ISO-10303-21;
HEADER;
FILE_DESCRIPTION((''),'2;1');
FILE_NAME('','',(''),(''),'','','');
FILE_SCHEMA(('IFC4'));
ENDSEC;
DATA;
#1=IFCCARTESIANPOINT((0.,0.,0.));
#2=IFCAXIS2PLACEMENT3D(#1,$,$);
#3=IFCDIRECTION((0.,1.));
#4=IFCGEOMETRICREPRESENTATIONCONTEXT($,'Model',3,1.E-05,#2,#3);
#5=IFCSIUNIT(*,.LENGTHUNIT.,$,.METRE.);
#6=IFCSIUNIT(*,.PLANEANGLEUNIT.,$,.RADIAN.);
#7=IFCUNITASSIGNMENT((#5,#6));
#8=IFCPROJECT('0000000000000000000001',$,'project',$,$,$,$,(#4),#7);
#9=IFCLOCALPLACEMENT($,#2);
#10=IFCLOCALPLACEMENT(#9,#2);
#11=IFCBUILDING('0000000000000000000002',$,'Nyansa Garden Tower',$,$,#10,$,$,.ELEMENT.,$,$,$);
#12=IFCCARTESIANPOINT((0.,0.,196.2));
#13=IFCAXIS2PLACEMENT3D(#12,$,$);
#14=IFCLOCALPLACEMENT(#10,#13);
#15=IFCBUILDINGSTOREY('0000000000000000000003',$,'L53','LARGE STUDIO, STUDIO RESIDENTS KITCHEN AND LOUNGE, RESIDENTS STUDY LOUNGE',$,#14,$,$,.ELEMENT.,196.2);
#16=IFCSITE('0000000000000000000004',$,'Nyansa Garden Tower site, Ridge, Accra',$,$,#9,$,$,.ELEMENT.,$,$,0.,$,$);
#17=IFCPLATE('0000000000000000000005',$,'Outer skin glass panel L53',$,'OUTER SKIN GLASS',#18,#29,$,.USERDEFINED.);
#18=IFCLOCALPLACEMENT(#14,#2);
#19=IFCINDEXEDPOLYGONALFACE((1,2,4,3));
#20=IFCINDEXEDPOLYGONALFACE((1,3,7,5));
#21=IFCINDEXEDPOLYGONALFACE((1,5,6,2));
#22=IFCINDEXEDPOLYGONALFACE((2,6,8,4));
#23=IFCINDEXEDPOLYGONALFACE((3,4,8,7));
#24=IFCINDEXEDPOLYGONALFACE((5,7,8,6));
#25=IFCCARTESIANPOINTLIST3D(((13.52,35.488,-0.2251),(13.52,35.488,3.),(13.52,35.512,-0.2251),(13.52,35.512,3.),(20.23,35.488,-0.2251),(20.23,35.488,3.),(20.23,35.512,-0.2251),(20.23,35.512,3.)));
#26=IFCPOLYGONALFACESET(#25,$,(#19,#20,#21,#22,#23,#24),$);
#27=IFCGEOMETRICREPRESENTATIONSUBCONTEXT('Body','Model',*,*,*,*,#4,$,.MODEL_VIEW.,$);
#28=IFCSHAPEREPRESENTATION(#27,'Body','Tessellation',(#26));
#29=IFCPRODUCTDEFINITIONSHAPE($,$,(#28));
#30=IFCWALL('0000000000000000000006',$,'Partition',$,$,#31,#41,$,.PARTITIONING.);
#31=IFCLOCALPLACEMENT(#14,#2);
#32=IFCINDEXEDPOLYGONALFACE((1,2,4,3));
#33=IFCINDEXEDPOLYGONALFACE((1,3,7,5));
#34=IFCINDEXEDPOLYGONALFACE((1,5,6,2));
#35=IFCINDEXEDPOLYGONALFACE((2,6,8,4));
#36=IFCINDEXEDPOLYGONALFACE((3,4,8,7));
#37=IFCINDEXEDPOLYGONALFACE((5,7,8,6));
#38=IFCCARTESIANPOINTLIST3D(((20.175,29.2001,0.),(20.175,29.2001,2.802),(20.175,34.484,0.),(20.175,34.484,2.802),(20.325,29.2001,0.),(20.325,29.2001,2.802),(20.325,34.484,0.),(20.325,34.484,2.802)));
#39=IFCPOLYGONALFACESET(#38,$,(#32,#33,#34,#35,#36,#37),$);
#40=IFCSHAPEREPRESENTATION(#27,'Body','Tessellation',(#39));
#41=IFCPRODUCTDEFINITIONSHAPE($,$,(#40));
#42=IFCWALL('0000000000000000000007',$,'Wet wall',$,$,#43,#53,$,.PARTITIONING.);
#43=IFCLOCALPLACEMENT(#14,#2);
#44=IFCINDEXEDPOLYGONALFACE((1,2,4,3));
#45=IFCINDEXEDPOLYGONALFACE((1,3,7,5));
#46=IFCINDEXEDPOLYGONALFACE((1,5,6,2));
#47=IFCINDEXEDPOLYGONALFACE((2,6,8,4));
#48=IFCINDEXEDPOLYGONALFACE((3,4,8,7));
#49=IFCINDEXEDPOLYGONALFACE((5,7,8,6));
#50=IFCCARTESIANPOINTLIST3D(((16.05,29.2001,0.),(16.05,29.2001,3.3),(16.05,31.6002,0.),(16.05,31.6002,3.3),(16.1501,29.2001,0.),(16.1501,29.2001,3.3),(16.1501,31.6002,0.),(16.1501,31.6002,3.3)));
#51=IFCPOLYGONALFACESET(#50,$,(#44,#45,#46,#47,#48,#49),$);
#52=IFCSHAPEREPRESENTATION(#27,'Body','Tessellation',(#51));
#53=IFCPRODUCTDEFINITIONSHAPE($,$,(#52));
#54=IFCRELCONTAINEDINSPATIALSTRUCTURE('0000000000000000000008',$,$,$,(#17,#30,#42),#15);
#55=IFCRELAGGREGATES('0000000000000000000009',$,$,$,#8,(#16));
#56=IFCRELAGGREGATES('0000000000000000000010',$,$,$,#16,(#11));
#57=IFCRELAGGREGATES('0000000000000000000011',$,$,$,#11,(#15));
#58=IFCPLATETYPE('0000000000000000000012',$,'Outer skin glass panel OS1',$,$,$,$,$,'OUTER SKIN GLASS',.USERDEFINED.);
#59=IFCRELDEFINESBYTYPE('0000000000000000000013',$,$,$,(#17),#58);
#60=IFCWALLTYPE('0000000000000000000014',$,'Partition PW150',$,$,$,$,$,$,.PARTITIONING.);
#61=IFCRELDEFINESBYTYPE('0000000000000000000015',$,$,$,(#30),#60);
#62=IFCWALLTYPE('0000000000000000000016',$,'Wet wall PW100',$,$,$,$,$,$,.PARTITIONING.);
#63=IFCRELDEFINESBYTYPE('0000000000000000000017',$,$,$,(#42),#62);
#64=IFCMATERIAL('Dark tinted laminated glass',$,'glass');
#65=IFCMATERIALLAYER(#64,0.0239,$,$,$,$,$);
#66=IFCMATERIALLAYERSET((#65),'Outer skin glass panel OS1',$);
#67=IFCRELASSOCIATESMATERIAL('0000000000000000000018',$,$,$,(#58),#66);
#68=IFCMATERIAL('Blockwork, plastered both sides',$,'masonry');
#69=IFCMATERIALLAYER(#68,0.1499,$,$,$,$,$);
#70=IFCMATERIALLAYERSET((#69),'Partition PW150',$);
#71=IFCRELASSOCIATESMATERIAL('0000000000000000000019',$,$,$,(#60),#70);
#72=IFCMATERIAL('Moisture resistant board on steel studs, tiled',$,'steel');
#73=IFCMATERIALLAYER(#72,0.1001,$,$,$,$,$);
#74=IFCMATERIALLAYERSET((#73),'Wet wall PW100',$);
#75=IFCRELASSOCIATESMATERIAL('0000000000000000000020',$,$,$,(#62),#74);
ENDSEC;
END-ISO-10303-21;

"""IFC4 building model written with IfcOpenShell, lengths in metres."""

from ifc_helpers import new_model, si_unit, direction, frame, frame_2d, origin, origin_2d, place, context, subcontext, project, spatial, rectangle, extrude, material, layer, layer_set, type_object, element, save


model = new_model("IFC4")

# Units and contexts
model_context = context("Model", 3, precision=1e-05, world=origin(), true_north=direction((0.0, 1.0)))
body_context = subcontext(model_context, "Body", "Model", "MODEL_VIEW")
ifc_project = project(units=[si_unit("LENGTHUNIT", "METRE"), si_unit("PLANEANGLEUNIT", "RADIAN")], contexts=[model_context])

# Site, building, storey
site_placement = place(None, origin())
site = spatial("IfcSite", under=ifc_project, at=site_placement, Name="Nyansa Garden Tower site, Ridge, Accra", CompositionType="ELEMENT", RefElevation=0.0)
building_placement = place(site_placement, origin())
building = spatial("IfcBuilding", under=site, at=building_placement, Name="Nyansa Garden Tower", CompositionType="ELEMENT")
storey_placement = place(building_placement, frame((0.0, 0.0, 196.2)))
storey = spatial("IfcBuildingStorey", under=building, at=storey_placement, Name="L53", Description="LARGE STUDIO, STUDIO RESIDENTS KITCHEN AND LOUNGE, RESIDENTS STUDY LOUNGE", CompositionType="ELEMENT", Elevation=196.2)

# Plate
ifc_material_1 = material(Name="Dark tinted laminated glass", Category="glass")
ifc_layer_1 = layer(ifc_material_1, 0.0239)
ifc_layer_set_1 = layer_set([ifc_layer_1], Name="Outer skin glass panel OS1")
plate_type_1 = type_object("IfcPlateType", Name="Outer skin glass panel OS1", ElementType="OUTER SKIN GLASS", PredefinedType="USERDEFINED", material=ifc_layer_set_1)
plate_1_placement = place(storey_placement, frame((16.875, 35.5, -0.2251), z_axis=(0.0, 0.0, 1.0), x_axis=(1.0, 0.0, 0.0)))
element("IfcPlate", 1, at=plate_1_placement, inside=storey, type_object=plate_type_1, Name="Outer skin glass panel L53", ObjectType="OUTER SKIN GLASS", PredefinedType="USERDEFINED", context=body_context, shape_type="SweptSolid", body=[
    extrude(rectangle(XDim=6.71, YDim=0.0239, at=origin_2d()), origin(), (0.0, 0.0, 1.0), 3.2251),
])

# Walls
ifc_material_2 = material(Name="Blockwork, plastered both sides", Category="masonry")
ifc_layer_2 = layer(ifc_material_2, 0.1499)
ifc_layer_set_2 = layer_set([ifc_layer_2], Name="Partition PW150")
wall_type_1 = type_object("IfcWallType", Name="Partition PW150", PredefinedType="PARTITIONING", material=ifc_layer_set_2)
wall_1_placement = place(storey_placement, frame((20.25, 29.2, 0.0), z_axis=(0.0, 0.0, 1.0), x_axis=(0.0, 1.0, 0.0)))
element("IfcWall", 2, at=wall_1_placement, inside=storey, type_object=wall_type_1, Name="Partition", PredefinedType="PARTITIONING", context=body_context, shape_type="SweptSolid", body=[
    extrude(rectangle(XDim=5.2839, YDim=0.1499, at=frame_2d((2.6421, 0.0))), origin(), (0.0, 0.0, 1.0), 2.802),
])
ifc_material_3 = material(Name="Moisture resistant board on steel studs, tiled", Category="steel")
ifc_layer_3 = layer(ifc_material_3, 0.1001)
ifc_layer_set_3 = layer_set([ifc_layer_3], Name="Wet wall PW100")
wall_type_2 = type_object("IfcWallType", Name="Wet wall PW100", PredefinedType="PARTITIONING", material=ifc_layer_set_3)
wall_2_placement = place(storey_placement, frame((16.1001, 29.2, 0.0), z_axis=(0.0, 0.0, 1.0), x_axis=(0.0, 1.0, 0.0)))
element("IfcWall", 3, at=wall_2_placement, inside=storey, type_object=wall_type_2, Name="Wet wall", PredefinedType="PARTITIONING", context=body_context, shape_type="SweptSolid", body=[
    extrude(rectangle(XDim=2.4001, YDim=0.1001, at=frame_2d((1.2002, 0.0))), origin(), (0.0, 0.0, 1.0), 3.3),
])

save(model, "model.ifc")
